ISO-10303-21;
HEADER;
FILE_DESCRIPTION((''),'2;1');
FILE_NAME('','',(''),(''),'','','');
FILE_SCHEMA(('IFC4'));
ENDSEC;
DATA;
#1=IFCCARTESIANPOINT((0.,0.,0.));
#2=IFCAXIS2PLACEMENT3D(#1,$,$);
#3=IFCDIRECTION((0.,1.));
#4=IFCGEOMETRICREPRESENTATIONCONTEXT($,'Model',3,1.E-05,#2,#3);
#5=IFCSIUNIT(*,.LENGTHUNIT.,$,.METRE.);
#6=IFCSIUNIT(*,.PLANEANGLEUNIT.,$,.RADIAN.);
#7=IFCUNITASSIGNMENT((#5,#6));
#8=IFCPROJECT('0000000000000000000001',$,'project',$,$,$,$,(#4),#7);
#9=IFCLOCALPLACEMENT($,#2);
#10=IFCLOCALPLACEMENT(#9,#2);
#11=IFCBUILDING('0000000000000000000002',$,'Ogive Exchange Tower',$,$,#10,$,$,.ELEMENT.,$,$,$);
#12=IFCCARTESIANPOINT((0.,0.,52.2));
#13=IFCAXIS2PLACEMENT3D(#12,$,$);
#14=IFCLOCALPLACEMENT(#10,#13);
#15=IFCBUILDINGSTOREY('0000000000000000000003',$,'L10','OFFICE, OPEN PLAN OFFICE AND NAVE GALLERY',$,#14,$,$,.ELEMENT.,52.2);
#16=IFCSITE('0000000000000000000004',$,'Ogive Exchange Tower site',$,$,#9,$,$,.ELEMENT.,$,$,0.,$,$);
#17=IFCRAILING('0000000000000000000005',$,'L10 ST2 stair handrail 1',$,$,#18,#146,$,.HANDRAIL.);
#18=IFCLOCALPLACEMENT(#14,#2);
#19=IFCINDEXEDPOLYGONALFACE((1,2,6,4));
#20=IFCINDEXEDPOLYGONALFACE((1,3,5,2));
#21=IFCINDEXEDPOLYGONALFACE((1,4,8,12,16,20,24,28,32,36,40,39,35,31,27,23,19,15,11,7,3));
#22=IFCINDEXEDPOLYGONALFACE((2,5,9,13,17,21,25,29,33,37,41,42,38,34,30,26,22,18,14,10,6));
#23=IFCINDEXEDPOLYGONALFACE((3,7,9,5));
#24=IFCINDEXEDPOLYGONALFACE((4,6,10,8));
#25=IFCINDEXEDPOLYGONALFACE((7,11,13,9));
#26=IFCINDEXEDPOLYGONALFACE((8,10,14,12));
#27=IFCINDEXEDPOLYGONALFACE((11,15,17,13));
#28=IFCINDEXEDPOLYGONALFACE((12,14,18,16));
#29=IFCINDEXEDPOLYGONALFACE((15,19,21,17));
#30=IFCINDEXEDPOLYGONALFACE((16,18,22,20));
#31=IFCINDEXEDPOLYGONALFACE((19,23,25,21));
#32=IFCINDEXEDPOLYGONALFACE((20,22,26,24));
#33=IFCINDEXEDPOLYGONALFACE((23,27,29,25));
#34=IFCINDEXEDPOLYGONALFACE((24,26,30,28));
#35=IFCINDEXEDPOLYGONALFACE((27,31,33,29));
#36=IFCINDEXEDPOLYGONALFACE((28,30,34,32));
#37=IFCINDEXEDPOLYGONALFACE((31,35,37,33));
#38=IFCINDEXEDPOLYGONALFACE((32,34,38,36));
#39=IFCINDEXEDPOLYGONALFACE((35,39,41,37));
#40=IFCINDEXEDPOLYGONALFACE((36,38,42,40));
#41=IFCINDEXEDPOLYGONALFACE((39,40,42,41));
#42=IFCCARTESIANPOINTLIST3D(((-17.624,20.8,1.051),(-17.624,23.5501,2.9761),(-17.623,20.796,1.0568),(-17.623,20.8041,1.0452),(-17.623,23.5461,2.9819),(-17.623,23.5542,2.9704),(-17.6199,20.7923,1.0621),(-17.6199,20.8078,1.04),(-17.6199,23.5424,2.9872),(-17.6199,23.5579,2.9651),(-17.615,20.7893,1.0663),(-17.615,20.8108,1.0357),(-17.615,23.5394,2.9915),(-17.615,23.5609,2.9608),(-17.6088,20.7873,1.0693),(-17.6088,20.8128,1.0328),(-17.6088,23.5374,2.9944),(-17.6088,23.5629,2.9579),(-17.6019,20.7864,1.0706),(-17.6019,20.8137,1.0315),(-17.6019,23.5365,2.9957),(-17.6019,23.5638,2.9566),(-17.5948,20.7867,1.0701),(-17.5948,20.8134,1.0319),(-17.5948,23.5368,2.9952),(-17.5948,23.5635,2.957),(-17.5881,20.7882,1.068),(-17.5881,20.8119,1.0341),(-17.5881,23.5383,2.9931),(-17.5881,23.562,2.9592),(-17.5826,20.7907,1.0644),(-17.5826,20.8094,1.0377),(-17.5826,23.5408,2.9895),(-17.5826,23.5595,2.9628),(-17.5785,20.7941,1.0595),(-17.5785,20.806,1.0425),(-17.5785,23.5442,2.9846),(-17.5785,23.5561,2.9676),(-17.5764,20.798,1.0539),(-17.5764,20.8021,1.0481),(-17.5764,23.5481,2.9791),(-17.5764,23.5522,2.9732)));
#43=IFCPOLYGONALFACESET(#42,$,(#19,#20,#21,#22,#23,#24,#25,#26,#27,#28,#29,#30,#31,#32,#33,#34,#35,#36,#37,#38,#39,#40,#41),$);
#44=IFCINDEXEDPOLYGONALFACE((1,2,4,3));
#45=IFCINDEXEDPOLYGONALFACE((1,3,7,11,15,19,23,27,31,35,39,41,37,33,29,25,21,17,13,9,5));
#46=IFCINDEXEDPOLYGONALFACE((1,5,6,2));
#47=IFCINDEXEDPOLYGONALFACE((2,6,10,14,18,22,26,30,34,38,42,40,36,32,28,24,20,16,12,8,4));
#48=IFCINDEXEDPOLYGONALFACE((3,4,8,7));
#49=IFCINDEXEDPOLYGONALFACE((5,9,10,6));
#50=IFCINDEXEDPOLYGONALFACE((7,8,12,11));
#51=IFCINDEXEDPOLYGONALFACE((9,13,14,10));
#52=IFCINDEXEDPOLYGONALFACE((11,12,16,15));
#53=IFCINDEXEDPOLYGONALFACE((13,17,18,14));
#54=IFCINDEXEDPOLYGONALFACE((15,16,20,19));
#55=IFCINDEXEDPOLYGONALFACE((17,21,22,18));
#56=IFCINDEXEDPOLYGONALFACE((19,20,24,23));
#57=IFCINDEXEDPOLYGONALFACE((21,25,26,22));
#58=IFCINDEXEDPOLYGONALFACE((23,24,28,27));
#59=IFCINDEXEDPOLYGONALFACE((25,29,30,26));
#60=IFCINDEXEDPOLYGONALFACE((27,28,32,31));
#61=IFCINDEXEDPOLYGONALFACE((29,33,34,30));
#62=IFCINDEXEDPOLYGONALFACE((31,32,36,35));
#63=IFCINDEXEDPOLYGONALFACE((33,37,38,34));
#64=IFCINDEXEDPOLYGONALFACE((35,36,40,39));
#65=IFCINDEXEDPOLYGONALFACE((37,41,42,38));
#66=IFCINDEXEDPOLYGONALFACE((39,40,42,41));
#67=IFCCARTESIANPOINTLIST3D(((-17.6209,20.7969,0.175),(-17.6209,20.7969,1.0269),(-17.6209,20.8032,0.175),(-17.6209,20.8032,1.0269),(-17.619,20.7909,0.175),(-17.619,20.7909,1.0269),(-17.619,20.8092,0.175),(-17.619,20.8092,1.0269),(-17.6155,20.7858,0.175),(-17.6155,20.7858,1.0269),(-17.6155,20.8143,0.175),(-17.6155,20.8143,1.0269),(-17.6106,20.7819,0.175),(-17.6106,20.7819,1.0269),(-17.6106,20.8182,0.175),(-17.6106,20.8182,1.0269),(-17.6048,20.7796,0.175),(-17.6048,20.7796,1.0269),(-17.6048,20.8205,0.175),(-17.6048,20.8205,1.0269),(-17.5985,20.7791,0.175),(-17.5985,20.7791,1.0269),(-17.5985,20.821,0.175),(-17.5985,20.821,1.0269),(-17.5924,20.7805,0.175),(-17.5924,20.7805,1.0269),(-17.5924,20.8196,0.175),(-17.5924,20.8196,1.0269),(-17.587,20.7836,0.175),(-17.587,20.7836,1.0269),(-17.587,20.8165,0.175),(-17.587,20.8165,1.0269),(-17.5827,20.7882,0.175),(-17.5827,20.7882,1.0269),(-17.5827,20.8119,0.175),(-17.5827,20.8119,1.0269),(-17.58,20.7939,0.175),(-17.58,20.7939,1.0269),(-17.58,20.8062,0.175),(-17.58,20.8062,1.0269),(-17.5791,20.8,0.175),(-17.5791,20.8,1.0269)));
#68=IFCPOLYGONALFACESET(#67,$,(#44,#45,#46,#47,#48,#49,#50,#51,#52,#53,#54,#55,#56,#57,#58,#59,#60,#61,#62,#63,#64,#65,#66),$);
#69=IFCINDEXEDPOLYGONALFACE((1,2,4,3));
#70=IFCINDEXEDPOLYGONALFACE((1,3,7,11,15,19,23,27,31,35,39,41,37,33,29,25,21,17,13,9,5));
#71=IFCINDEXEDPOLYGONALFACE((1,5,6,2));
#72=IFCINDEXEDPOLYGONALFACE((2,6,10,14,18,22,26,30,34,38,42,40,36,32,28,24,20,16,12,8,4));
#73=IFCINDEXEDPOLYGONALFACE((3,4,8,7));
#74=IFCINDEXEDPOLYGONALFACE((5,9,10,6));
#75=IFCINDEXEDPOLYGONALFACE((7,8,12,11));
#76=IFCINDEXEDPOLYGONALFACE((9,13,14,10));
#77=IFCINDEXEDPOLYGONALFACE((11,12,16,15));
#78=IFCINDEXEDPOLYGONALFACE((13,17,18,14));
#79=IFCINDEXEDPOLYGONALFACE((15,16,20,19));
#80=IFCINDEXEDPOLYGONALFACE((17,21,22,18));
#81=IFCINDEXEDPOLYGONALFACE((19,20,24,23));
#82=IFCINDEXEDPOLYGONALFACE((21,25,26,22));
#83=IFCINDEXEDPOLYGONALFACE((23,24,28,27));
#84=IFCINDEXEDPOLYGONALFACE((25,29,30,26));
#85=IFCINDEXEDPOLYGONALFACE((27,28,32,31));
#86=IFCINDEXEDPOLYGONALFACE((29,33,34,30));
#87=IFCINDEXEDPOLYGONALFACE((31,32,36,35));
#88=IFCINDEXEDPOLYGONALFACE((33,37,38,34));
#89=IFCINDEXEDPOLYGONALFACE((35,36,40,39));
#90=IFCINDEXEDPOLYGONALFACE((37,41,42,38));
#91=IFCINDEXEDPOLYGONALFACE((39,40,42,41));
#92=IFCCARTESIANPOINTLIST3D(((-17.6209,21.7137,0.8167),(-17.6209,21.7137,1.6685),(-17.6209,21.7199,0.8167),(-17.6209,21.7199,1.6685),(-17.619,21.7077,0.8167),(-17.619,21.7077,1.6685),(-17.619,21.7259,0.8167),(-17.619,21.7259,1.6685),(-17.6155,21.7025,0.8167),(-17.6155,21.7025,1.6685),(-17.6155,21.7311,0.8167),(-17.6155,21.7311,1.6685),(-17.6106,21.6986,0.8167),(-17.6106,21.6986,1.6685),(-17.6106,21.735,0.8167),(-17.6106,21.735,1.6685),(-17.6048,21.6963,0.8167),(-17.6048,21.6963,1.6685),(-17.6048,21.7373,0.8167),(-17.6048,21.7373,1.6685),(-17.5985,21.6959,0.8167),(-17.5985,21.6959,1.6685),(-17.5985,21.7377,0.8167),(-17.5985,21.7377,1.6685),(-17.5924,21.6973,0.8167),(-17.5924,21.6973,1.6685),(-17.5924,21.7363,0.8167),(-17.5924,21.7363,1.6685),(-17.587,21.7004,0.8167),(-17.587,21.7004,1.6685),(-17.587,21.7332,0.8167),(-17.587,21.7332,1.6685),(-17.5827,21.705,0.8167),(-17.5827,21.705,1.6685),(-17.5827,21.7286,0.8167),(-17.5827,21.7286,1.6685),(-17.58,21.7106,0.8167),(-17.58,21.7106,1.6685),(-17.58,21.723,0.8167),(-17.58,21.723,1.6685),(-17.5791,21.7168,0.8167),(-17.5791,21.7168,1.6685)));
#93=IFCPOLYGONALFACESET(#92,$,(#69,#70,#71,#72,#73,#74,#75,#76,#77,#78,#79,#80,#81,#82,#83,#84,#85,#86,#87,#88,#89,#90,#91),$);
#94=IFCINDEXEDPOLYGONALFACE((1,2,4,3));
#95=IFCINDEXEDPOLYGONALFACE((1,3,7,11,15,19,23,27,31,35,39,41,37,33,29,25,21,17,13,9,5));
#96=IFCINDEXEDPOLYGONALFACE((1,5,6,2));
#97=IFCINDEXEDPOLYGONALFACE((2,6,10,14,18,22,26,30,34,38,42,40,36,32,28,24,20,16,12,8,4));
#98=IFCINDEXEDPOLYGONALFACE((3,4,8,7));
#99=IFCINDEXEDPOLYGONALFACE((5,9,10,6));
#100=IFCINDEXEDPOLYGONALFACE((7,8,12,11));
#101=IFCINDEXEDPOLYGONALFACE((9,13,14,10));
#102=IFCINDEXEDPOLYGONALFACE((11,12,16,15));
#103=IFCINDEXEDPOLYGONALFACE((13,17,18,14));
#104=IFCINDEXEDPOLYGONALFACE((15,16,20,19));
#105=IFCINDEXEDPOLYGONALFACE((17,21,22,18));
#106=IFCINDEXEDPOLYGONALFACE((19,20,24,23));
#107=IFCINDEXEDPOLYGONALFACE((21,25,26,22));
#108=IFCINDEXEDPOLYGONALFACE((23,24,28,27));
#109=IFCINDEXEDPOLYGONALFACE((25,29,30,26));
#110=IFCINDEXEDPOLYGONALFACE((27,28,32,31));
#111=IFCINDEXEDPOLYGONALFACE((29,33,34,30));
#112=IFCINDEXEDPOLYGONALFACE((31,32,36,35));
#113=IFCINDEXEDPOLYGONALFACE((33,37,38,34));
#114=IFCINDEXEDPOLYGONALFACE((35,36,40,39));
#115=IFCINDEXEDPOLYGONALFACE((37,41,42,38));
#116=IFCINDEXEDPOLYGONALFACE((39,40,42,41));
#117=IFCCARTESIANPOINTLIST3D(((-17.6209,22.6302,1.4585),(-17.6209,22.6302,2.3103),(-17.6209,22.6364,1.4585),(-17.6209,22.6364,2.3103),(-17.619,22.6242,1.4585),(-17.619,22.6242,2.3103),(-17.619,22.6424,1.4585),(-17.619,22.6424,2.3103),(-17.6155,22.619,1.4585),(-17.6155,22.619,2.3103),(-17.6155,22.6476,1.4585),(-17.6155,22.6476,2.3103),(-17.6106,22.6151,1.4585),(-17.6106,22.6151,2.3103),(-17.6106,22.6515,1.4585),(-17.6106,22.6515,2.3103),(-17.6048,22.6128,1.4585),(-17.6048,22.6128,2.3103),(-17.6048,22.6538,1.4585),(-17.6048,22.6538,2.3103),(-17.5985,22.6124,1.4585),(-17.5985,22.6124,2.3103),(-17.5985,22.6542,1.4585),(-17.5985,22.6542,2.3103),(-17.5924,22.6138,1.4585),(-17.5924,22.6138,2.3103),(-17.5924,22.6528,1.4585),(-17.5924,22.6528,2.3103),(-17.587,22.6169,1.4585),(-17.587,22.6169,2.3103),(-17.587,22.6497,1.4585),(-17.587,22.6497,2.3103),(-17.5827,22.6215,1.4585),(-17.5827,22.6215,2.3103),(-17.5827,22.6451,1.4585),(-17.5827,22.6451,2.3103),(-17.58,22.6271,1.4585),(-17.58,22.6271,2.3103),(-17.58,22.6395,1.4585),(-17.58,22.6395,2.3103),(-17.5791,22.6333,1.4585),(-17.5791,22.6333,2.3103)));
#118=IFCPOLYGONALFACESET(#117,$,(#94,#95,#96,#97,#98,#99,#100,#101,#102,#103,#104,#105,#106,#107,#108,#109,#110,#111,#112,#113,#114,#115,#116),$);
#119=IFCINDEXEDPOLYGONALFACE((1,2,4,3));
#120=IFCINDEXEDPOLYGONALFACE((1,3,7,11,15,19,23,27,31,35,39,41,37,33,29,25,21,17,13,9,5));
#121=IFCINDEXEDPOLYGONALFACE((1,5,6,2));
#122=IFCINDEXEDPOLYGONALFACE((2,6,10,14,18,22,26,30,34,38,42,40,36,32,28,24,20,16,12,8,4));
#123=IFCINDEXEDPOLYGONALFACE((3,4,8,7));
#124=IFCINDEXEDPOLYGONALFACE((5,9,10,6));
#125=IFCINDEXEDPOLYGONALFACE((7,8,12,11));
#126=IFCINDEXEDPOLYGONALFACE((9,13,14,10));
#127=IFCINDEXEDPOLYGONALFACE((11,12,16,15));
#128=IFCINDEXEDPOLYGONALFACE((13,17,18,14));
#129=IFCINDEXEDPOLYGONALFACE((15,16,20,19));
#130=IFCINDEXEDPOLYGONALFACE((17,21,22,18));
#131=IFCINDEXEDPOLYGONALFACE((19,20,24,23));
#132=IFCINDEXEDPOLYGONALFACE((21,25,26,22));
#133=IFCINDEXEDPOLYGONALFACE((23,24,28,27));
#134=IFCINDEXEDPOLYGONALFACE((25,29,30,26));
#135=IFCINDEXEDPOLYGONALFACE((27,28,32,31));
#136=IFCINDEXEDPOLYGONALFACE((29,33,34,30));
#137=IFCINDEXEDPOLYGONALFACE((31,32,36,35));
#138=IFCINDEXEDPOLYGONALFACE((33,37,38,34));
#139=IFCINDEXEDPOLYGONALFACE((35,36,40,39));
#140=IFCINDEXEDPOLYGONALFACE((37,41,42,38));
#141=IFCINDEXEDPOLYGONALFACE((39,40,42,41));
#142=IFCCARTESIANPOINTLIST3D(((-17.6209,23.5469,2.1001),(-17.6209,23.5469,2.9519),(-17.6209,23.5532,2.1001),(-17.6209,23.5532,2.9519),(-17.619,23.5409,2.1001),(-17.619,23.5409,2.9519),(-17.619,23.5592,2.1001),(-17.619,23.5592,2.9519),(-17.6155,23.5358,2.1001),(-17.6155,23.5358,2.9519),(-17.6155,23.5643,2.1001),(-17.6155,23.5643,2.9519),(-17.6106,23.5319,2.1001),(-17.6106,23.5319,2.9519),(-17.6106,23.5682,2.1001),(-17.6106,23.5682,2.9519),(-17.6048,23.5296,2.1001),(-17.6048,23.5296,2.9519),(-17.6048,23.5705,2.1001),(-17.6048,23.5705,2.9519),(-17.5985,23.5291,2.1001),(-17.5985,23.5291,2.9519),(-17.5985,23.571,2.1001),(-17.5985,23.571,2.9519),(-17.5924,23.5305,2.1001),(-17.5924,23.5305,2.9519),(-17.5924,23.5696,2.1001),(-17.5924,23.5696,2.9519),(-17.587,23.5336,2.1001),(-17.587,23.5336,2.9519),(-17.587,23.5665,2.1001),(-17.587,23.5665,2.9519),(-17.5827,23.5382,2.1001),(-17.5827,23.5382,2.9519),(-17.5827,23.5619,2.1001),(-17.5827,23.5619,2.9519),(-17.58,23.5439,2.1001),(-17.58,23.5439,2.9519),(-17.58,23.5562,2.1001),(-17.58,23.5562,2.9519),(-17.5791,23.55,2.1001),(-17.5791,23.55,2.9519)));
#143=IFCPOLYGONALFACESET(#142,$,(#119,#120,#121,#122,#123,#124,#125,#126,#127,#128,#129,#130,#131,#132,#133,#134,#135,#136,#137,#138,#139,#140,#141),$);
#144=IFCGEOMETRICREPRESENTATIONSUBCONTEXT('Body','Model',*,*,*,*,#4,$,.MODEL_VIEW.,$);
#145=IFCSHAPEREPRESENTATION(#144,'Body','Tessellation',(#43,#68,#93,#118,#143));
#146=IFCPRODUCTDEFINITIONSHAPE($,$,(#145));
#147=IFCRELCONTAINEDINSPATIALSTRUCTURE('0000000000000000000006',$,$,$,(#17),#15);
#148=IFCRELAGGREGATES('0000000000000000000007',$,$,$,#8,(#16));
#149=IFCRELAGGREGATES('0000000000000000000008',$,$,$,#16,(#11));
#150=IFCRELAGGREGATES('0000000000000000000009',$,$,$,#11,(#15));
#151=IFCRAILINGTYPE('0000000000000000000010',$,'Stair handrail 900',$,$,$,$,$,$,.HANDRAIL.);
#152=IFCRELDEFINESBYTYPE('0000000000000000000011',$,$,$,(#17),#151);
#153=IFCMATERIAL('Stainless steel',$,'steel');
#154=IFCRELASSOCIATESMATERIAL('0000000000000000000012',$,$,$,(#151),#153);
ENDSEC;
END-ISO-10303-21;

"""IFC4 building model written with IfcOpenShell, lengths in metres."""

from ifc_helpers import new_model, si_unit, direction, frame, origin, origin_2d, place, context, subcontext, project, spatial, circle, extrude, material, type_object, element, save


model = new_model("IFC4")

# Units and contexts
model_context = context("Model", 3, precision=1e-05, world=origin(), true_north=direction((0.0, 1.0)))
body_context = subcontext(model_context, "Body", "Model", "MODEL_VIEW")
ifc_project = project(units=[si_unit("LENGTHUNIT", "METRE"), si_unit("PLANEANGLEUNIT", "RADIAN")], contexts=[model_context])

# Site, building, storey
site_placement = place(None, origin())
site = spatial("IfcSite", under=ifc_project, at=site_placement, Name="Ogive Exchange Tower site", CompositionType="ELEMENT", RefElevation=0.0)
building_placement = place(site_placement, origin())
building = spatial("IfcBuilding", under=site, at=building_placement, Name="Ogive Exchange Tower", CompositionType="ELEMENT")
storey_placement = place(building_placement, frame((0.0, 0.0, 52.2)))
storey = spatial("IfcBuildingStorey", under=building, at=storey_placement, Name="L10", Description="OFFICE, OPEN PLAN OFFICE AND NAVE GALLERY", CompositionType="ELEMENT", Elevation=52.2)

# Railing
ifc_material_1 = material(Name="Stainless steel", Category="steel")
railing_type = type_object("IfcRailingType", Name="Stair handrail 900", PredefinedType="HANDRAIL", material=ifc_material_1)
railing_placement = place(storey_placement, frame((-17.6001, 20.8, 0.175)))
element("IfcRailing", 1, at=railing_placement, inside=storey, type_object=railing_type, Name="L10 ST2 stair handrail 1", PredefinedType="HANDRAIL", context=body_context, shape_type="SweptSolid", body=[
    extrude(circle(Radius=0.0239, at=origin_2d()), frame((0.0, 0.0, 0.876), z_axis=(0.0, 0.819225, 0.573472), x_axis=(-1.0, 0.0, 0.0)), (0.0, 0.0, 1.0), 3.3569),
    extrude(circle(Radius=0.021, at=origin_2d()), origin(), (0.0, 0.0, 1.0), 0.8518),
    extrude(circle(Radius=0.021, at=origin_2d()), frame((0.0, 0.9167, 0.6416)), (0.0, 0.0, 1.0), 0.8518),
    extrude(circle(Radius=0.021, at=origin_2d()), frame((0.0, 1.8333, 1.2834)), (0.0, 0.0, 1.0), 0.8518),
    extrude(circle(Radius=0.021, at=origin_2d()), frame((0.0, 2.75, 1.925)), (0.0, 0.0, 1.0), 0.8518),
])

save(model, "model.ifc")
